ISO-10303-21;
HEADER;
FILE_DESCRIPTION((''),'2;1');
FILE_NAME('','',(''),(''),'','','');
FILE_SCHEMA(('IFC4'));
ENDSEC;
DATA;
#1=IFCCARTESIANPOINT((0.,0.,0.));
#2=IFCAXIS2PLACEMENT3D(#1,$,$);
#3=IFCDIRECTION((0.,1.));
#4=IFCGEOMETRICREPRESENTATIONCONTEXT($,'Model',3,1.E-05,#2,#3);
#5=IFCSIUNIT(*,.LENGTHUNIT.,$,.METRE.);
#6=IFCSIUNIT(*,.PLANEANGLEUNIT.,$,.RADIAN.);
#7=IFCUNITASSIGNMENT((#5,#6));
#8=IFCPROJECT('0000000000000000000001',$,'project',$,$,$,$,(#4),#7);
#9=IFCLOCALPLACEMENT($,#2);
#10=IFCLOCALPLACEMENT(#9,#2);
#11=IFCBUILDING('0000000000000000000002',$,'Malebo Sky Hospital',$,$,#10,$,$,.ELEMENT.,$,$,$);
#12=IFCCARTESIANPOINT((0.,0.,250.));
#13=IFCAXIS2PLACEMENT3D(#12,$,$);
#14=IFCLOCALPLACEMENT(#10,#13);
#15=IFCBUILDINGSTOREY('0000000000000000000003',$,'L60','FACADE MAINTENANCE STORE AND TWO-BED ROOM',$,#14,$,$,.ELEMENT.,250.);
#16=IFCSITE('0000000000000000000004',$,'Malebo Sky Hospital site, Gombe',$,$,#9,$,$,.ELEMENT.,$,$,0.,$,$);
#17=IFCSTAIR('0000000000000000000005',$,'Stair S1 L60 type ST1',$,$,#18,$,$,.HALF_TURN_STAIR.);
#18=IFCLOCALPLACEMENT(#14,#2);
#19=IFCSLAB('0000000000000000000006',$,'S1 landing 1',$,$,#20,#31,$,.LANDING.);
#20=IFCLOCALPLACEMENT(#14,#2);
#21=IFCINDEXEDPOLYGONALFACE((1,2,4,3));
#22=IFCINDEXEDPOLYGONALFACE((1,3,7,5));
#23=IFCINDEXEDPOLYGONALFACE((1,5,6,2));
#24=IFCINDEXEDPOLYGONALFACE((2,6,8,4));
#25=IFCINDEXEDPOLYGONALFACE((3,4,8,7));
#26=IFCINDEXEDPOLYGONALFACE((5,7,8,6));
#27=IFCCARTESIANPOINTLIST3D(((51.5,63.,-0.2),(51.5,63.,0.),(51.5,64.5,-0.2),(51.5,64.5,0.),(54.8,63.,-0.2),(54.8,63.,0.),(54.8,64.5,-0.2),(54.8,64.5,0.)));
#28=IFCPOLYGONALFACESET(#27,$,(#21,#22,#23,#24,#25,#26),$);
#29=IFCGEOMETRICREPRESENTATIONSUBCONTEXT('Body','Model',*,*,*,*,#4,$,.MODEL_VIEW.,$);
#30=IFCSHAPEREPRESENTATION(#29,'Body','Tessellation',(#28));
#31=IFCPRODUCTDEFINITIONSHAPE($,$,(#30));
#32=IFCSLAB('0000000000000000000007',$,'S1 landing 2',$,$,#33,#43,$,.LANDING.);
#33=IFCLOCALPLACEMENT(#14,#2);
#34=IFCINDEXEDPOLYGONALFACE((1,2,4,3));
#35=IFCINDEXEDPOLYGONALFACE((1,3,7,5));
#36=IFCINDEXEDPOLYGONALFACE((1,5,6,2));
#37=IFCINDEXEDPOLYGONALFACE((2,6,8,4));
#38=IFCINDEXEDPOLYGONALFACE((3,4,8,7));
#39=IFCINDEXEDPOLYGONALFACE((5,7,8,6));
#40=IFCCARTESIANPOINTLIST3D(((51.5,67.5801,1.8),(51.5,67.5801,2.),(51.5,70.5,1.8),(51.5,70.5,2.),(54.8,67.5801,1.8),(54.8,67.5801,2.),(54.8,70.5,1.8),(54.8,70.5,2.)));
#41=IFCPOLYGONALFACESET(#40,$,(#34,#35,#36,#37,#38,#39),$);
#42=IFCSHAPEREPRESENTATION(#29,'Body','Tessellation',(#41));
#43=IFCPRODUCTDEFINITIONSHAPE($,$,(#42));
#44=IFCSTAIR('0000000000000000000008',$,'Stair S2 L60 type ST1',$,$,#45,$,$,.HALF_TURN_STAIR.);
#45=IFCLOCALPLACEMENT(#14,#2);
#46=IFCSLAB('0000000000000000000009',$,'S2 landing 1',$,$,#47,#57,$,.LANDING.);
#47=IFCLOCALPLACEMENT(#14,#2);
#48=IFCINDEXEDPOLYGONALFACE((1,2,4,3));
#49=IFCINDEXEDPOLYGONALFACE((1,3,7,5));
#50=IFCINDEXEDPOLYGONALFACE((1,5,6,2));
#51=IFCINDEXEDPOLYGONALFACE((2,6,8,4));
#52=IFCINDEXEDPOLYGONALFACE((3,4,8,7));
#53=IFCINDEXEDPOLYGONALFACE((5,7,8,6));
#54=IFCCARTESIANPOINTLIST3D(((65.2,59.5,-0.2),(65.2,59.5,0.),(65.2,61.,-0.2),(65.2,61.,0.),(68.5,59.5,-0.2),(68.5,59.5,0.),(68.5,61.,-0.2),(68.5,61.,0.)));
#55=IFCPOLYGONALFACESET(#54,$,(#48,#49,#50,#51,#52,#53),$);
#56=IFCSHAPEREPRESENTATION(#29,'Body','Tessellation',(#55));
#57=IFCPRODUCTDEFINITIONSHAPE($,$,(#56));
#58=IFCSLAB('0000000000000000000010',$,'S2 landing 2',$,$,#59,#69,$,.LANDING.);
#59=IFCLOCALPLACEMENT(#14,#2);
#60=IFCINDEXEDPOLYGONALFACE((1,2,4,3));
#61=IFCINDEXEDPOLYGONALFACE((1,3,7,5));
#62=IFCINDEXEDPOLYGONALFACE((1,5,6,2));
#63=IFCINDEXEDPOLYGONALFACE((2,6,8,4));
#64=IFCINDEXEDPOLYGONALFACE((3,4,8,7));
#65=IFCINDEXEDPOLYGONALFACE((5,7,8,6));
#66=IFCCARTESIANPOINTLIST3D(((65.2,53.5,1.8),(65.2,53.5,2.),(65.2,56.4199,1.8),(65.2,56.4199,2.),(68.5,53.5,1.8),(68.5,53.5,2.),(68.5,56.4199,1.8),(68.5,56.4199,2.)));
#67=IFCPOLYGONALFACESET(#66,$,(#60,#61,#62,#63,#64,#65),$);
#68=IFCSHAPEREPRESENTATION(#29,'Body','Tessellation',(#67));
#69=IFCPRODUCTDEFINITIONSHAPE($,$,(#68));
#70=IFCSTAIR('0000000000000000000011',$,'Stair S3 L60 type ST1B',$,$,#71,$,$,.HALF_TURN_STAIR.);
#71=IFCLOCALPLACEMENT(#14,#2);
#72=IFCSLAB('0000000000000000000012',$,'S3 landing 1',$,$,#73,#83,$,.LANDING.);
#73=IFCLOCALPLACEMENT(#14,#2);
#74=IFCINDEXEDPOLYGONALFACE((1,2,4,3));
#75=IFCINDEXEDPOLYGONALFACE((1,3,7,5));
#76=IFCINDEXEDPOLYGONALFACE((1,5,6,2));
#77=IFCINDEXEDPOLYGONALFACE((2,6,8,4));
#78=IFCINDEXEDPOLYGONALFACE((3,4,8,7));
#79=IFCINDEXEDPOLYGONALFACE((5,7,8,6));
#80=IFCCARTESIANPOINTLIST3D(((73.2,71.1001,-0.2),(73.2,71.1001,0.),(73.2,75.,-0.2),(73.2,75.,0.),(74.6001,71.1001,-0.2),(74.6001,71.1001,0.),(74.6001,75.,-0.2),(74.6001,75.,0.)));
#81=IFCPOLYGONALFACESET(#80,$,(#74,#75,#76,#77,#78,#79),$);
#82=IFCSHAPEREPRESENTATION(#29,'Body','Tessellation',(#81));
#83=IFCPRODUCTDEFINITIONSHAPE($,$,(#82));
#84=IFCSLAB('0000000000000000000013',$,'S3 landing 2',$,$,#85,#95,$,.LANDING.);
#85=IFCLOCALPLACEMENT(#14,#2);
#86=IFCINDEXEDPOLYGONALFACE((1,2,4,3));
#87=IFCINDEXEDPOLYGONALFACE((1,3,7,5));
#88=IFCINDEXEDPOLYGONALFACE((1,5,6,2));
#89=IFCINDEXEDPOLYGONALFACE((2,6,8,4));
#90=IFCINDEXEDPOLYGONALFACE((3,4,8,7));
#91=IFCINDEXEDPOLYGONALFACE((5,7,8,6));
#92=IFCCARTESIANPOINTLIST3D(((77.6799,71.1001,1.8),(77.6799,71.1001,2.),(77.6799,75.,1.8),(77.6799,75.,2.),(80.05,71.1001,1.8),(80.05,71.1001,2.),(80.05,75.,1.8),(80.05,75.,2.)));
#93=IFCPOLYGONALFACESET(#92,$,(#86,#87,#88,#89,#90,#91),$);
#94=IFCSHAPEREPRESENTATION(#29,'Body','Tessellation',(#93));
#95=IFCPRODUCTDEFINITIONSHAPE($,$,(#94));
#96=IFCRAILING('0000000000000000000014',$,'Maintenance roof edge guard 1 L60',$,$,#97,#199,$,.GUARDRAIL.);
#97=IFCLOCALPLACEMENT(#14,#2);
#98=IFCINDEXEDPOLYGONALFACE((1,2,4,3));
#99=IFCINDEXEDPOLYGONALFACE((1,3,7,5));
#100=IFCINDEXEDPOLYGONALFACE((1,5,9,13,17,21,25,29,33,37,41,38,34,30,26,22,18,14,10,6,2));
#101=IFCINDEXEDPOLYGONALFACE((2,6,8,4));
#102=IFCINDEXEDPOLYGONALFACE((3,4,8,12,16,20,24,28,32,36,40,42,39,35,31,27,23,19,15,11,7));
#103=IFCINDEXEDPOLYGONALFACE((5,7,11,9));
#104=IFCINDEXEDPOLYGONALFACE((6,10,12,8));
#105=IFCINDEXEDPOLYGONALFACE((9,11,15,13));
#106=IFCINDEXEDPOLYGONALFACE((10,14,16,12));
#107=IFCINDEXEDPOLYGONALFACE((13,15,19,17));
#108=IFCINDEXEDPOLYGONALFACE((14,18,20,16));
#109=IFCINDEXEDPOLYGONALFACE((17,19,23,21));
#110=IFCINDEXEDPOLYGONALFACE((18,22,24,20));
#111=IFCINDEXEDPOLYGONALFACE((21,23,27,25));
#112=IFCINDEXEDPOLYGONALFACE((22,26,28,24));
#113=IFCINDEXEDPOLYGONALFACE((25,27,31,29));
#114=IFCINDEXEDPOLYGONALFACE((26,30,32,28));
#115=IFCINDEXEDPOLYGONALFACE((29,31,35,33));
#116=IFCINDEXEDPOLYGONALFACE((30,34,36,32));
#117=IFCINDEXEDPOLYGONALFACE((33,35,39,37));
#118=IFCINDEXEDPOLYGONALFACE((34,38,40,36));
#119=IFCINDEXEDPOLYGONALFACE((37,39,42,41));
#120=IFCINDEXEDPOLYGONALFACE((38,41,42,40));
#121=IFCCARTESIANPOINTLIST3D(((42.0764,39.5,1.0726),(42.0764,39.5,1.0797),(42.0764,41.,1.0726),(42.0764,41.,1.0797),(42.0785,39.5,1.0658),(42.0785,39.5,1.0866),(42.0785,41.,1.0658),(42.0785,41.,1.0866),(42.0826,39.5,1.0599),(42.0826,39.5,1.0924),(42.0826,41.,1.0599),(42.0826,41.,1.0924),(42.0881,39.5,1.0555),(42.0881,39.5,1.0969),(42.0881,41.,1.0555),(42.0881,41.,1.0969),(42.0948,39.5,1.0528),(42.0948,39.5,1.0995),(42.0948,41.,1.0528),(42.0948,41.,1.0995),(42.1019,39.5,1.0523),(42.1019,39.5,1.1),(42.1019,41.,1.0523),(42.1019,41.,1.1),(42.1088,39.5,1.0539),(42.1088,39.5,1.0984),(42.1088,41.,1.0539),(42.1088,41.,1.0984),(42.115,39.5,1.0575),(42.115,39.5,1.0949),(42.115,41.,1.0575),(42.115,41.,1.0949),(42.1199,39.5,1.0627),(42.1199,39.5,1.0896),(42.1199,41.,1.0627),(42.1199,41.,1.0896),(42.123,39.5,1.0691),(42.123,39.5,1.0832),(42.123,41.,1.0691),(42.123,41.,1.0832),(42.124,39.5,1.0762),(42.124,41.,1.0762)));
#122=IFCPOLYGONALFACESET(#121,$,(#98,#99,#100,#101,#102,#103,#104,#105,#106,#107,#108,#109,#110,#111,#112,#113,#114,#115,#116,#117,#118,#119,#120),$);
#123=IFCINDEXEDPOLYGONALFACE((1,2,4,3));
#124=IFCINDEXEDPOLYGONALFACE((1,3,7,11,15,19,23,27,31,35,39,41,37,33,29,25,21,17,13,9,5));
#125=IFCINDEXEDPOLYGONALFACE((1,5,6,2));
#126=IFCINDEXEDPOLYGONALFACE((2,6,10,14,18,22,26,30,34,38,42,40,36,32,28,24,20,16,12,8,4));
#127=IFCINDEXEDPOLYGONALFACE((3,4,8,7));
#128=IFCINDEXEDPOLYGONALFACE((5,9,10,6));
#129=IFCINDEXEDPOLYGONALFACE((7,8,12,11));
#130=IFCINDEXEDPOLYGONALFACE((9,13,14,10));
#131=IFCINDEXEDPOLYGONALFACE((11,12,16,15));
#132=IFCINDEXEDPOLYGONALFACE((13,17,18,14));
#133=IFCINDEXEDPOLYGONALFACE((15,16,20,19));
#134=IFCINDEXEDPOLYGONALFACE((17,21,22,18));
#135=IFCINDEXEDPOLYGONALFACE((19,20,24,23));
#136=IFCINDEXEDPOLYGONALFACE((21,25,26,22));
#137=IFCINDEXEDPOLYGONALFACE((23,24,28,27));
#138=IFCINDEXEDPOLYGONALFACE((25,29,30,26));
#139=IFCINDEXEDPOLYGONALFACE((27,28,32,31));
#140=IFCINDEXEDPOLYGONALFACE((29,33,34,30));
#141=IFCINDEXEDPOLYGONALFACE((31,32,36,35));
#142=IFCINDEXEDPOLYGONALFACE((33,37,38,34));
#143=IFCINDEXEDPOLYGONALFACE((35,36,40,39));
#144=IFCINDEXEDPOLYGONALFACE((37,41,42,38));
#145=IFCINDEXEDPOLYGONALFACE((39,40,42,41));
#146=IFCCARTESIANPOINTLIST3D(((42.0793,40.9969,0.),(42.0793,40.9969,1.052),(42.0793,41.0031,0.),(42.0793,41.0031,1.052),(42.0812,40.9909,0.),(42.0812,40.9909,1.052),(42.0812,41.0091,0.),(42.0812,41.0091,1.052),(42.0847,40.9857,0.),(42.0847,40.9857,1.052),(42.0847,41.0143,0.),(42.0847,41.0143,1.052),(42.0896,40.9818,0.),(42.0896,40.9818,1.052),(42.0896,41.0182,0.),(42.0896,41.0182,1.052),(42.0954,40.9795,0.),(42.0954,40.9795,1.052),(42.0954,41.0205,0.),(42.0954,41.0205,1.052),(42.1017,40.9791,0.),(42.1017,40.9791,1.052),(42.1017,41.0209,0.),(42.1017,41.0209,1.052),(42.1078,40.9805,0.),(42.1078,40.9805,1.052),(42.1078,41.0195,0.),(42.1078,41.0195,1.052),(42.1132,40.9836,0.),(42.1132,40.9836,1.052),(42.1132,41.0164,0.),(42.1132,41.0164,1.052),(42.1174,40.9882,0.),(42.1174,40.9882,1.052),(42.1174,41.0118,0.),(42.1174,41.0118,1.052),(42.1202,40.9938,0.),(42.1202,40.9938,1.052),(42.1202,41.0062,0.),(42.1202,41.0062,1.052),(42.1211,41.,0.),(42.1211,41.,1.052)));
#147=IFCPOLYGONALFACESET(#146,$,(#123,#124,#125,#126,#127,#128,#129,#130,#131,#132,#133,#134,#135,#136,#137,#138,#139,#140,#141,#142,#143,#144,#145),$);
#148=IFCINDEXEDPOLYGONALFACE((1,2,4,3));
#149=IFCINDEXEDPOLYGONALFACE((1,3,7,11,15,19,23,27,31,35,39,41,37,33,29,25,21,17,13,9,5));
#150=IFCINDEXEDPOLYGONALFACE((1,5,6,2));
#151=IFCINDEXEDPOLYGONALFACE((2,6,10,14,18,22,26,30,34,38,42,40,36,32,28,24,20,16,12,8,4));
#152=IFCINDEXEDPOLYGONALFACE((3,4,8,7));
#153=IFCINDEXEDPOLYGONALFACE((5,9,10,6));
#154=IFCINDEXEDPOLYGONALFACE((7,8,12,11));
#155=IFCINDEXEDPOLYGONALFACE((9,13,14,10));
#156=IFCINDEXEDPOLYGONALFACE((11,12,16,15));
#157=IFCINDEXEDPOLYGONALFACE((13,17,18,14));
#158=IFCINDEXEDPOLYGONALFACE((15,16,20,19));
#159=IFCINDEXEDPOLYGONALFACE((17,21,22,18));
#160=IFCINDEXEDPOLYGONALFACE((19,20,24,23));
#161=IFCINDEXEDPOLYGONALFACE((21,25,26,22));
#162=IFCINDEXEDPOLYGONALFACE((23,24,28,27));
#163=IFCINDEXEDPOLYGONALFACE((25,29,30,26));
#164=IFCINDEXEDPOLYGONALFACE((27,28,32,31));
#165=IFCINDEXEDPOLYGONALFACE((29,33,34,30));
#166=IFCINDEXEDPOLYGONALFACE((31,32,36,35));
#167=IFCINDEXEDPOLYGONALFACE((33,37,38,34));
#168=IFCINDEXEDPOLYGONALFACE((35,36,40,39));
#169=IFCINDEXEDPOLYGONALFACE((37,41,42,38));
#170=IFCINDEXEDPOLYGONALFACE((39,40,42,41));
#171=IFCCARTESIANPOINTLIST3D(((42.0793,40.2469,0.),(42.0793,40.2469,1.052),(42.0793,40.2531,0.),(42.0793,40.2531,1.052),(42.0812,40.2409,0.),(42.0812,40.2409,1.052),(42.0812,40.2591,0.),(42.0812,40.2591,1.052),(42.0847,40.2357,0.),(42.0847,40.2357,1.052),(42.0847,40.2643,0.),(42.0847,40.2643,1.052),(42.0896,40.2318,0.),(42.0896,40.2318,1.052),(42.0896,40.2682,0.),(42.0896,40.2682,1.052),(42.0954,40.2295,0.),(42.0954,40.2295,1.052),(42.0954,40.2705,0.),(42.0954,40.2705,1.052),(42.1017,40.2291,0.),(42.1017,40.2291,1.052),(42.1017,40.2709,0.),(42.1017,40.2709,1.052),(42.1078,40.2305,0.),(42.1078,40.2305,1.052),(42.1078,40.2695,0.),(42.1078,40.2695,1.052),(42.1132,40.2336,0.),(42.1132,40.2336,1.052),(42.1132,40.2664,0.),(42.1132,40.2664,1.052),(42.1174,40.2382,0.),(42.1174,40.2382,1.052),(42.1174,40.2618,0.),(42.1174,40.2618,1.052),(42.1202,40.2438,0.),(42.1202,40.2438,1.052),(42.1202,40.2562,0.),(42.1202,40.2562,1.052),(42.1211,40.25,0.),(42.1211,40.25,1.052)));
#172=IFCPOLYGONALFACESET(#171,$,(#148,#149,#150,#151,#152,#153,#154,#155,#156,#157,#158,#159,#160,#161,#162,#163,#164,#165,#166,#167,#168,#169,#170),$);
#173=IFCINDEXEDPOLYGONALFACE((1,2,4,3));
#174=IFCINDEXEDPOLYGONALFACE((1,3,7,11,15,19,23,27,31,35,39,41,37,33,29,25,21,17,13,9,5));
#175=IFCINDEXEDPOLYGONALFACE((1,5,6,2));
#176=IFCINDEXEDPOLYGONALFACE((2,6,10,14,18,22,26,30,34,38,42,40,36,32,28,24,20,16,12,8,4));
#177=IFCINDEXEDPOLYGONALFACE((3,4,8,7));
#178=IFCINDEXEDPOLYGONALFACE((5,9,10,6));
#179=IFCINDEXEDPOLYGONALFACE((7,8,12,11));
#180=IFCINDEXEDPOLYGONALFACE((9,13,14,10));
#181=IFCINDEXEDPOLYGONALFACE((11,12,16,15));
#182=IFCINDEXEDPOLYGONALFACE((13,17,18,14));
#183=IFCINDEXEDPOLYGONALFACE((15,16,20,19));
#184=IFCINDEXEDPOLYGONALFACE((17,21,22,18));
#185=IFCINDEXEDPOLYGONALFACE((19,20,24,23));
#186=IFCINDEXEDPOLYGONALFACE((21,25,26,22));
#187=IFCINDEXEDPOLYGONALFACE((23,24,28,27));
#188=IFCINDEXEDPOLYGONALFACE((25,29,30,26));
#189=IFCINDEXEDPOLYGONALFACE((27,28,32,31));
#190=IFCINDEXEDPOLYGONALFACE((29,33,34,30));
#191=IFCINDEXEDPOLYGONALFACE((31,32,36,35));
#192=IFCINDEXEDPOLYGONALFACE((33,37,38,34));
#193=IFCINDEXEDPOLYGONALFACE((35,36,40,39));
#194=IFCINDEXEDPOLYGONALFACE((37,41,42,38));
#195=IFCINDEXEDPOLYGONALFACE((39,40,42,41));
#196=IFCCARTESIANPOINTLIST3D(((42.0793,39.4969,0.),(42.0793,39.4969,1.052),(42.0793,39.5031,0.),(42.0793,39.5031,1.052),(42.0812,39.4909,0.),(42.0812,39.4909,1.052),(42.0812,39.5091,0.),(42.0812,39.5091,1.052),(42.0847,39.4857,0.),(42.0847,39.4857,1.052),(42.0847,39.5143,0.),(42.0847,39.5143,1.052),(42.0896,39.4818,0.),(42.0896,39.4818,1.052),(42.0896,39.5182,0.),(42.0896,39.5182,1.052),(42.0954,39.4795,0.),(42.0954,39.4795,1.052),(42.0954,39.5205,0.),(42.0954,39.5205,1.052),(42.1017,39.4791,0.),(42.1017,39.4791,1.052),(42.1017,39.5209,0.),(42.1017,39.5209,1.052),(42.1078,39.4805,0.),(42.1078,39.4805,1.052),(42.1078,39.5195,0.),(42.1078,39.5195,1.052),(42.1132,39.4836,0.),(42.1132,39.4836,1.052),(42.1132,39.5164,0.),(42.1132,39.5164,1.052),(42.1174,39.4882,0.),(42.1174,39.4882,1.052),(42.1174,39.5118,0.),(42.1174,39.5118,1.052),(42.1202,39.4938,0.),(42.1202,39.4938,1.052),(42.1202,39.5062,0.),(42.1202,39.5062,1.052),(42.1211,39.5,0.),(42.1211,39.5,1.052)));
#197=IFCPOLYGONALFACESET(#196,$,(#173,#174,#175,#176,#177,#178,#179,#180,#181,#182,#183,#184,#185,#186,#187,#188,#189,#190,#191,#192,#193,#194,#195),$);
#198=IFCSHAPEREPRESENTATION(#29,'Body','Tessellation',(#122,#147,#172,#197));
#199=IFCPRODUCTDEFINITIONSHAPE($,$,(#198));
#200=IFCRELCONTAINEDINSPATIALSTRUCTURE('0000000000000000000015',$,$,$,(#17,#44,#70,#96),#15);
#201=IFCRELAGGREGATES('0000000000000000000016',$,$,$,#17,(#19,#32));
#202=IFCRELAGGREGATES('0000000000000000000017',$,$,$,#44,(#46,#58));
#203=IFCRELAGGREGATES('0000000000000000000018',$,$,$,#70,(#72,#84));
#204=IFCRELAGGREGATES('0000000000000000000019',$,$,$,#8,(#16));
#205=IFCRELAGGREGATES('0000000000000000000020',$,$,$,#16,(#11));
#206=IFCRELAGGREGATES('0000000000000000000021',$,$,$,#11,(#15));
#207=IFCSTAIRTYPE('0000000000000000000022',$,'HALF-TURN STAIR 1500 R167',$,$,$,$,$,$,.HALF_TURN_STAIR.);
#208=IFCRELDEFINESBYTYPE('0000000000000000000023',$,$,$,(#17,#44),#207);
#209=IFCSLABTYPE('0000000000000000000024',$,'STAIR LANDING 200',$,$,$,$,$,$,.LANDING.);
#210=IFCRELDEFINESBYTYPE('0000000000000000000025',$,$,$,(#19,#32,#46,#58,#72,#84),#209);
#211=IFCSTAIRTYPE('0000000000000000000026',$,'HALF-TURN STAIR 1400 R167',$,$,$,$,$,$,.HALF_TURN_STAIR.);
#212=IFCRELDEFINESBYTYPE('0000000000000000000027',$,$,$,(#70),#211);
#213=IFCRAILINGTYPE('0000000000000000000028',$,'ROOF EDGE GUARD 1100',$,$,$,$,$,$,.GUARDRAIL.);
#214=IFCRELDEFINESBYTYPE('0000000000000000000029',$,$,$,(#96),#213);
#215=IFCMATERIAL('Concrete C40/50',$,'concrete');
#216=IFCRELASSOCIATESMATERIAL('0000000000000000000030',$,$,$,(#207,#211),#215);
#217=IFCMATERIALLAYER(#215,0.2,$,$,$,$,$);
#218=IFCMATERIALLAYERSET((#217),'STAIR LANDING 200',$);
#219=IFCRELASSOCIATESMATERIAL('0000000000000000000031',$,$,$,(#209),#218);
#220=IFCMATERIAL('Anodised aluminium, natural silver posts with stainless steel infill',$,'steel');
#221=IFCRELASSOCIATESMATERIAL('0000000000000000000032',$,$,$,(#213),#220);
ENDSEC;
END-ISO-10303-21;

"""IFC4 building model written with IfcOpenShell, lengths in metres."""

from ifc_helpers import new_model, si_unit, direction, frame, origin, origin_2d, place, context, subcontext, project, spatial, polyline, circle, outline, extrude, material, layer, layer_set, type_object, element, aggregate, save


model = new_model("IFC4")

# Units and contexts
model_context = context("Model", 3, precision=1e-05, world=origin(), true_north=direction((0.0, 1.0)))
body_context = subcontext(model_context, "Body", "Model", "MODEL_VIEW")
ifc_project = project(units=[si_unit("LENGTHUNIT", "METRE"), si_unit("PLANEANGLEUNIT", "RADIAN")], contexts=[model_context])

# Site, building, storey
site_placement = place(None, origin())
site = spatial("IfcSite", under=ifc_project, at=site_placement, Name="Malebo Sky Hospital site, Gombe", CompositionType="ELEMENT", RefElevation=0.0)
building_placement = place(site_placement, origin())
building = spatial("IfcBuilding", under=site, at=building_placement, Name="Malebo Sky Hospital", CompositionType="ELEMENT")
storey_placement = place(building_placement, frame((0.0, 0.0, 250.0)))
storey = spatial("IfcBuildingStorey", under=building, at=storey_placement, Name="L60", Description="FACADE MAINTENANCE STORE AND TWO-BED ROOM", CompositionType="ELEMENT", Elevation=250.0)

# Shared definitions
ifc_material_1 = material(Name="Concrete C40/50", Category="concrete")

# Stairs, slabs
stair_type_1 = type_object("IfcStairType", Name="HALF-TURN STAIR 1500 R167", PredefinedType="HALF_TURN_STAIR", material=ifc_material_1)
stair_1_placement = place(storey_placement, origin())
stair_1 = element("IfcStair", 1, at=stair_1_placement, inside=storey, type_object=stair_type_1, Name="Stair S1 L60 type ST1", PredefinedType="HALF_TURN_STAIR")
ifc_layer_1 = layer(ifc_material_1, 0.2)
ifc_layer_set_1 = layer_set([ifc_layer_1], Name="STAIR LANDING 200")
slab_type_1 = type_object("IfcSlabType", Name="STAIR LANDING 200", PredefinedType="LANDING", material=ifc_layer_set_1)
slab_1_placement = place(storey_placement, frame((0.0, 0.0, -0.2)))
slab_1 = element("IfcSlab", 2, at=slab_1_placement, type_object=slab_type_1, Name="S1 landing 1", PredefinedType="LANDING", context=body_context, shape_type="SweptSolid", body=[
    extrude(outline(polyline([(51.5, 63.0), (54.8, 63.0), (54.8, 64.5), (51.5, 64.5), (51.5, 63.0)])), origin(), (0.0, 0.0, 1.0), 0.2),
])
slab_2_placement = place(storey_placement, frame((0.0, 0.0, 1.8)))
slab_2 = element("IfcSlab", 3, at=slab_2_placement, type_object=slab_type_1, Name="S1 landing 2", PredefinedType="LANDING", context=body_context, shape_type="SweptSolid", body=[
    extrude(outline(polyline([(51.5, 67.5801), (54.8, 67.5801), (54.8, 70.5), (51.5, 70.5), (51.5, 67.5801)])), origin(), (0.0, 0.0, 1.0), 0.2),
])
aggregate(stair_1, [slab_1, slab_2])
stair_2_placement = place(storey_placement, origin())
stair_2 = element("IfcStair", 4, at=stair_2_placement, inside=storey, type_object=stair_type_1, Name="Stair S2 L60 type ST1", PredefinedType="HALF_TURN_STAIR")
slab_3_placement = place(storey_placement, frame((0.0, 0.0, -0.2)))
slab_3 = element("IfcSlab", 5, at=slab_3_placement, type_object=slab_type_1, Name="S2 landing 1", PredefinedType="LANDING", context=body_context, shape_type="SweptSolid", body=[
    extrude(outline(polyline([(65.2, 59.5), (68.5, 59.5), (68.5, 61.0), (65.2, 61.0), (65.2, 59.5)])), origin(), (0.0, 0.0, 1.0), 0.2),
])
slab_4_placement = place(storey_placement, frame((0.0, 0.0, 1.8)))
slab_4 = element("IfcSlab", 6, at=slab_4_placement, type_object=slab_type_1, Name="S2 landing 2", PredefinedType="LANDING", context=body_context, shape_type="SweptSolid", body=[
    extrude(outline(polyline([(65.2, 53.5), (68.5, 53.5), (68.5, 56.4199), (65.2, 56.4199), (65.2, 53.5)])), origin(), (0.0, 0.0, 1.0), 0.2),
])
aggregate(stair_2, [slab_3, slab_4])
stair_type_2 = type_object("IfcStairType", Name="HALF-TURN STAIR 1400 R167", PredefinedType="HALF_TURN_STAIR", material=ifc_material_1)
stair_3_placement = place(storey_placement, origin())
stair_3 = element("IfcStair", 7, at=stair_3_placement, inside=storey, type_object=stair_type_2, Name="Stair S3 L60 type ST1B", PredefinedType="HALF_TURN_STAIR")
slab_5_placement = place(storey_placement, frame((0.0, 0.0, -0.2)))
slab_5 = element("IfcSlab", 8, at=slab_5_placement, type_object=slab_type_1, Name="S3 landing 1", PredefinedType="LANDING", context=body_context, shape_type="SweptSolid", body=[
    extrude(outline(polyline([(73.2, 71.1001), (73.2, 75.0), (74.6001, 75.0), (74.6001, 71.1001), (73.2, 71.1001)])), origin(), (0.0, 0.0, 1.0), 0.2),
])
slab_6_placement = place(storey_placement, frame((0.0, 0.0, 1.8)))
slab_6 = element("IfcSlab", 9, at=slab_6_placement, type_object=slab_type_1, Name="S3 landing 2", PredefinedType="LANDING", context=body_context, shape_type="SweptSolid", body=[
    extrude(outline(polyline([(77.6799, 71.1001), (77.6799, 75.0), (80.05, 75.0), (80.05, 71.1001), (77.6799, 71.1001)])), origin(), (0.0, 0.0, 1.0), 0.2),
])
aggregate(stair_3, [slab_5, slab_6])

# Railing
ifc_material_2 = material(Name="Anodised aluminium, natural silver posts with stainless steel infill", Category="steel")
railing_type = type_object("IfcRailingType", Name="ROOF EDGE GUARD 1100", PredefinedType="GUARDRAIL", material=ifc_material_2)
railing_1_placement = place(storey_placement, frame((42.1001, 41.0, 0.0)))
element("IfcRailing", 10, at=railing_1_placement, inside=storey, type_object=railing_type, Name="Maintenance roof edge guard 1 L60", PredefinedType="GUARDRAIL", context=body_context, shape_type="SweptSolid", body=[
    extrude(circle(Radius=0.0239, at=origin_2d()), frame((0.0, 0.0, 1.0762), z_axis=(0.0, -1.0, 0.0), x_axis=(1.0, 0.0, 0.0)), (0.0, 0.0, 1.0), 1.5),
    extrude(circle(Radius=0.021, at=origin_2d()), origin(), (0.0, 0.0, 1.0), 1.052),
    extrude(circle(Radius=0.021, at=origin_2d()), frame((0.0, -0.75, 0.0)), (0.0, 0.0, 1.0), 1.052),
    extrude(circle(Radius=0.021, at=origin_2d()), frame((0.0, -1.5, 0.0)), (0.0, 0.0, 1.0), 1.052),
])

save(model, "model.ifc")
